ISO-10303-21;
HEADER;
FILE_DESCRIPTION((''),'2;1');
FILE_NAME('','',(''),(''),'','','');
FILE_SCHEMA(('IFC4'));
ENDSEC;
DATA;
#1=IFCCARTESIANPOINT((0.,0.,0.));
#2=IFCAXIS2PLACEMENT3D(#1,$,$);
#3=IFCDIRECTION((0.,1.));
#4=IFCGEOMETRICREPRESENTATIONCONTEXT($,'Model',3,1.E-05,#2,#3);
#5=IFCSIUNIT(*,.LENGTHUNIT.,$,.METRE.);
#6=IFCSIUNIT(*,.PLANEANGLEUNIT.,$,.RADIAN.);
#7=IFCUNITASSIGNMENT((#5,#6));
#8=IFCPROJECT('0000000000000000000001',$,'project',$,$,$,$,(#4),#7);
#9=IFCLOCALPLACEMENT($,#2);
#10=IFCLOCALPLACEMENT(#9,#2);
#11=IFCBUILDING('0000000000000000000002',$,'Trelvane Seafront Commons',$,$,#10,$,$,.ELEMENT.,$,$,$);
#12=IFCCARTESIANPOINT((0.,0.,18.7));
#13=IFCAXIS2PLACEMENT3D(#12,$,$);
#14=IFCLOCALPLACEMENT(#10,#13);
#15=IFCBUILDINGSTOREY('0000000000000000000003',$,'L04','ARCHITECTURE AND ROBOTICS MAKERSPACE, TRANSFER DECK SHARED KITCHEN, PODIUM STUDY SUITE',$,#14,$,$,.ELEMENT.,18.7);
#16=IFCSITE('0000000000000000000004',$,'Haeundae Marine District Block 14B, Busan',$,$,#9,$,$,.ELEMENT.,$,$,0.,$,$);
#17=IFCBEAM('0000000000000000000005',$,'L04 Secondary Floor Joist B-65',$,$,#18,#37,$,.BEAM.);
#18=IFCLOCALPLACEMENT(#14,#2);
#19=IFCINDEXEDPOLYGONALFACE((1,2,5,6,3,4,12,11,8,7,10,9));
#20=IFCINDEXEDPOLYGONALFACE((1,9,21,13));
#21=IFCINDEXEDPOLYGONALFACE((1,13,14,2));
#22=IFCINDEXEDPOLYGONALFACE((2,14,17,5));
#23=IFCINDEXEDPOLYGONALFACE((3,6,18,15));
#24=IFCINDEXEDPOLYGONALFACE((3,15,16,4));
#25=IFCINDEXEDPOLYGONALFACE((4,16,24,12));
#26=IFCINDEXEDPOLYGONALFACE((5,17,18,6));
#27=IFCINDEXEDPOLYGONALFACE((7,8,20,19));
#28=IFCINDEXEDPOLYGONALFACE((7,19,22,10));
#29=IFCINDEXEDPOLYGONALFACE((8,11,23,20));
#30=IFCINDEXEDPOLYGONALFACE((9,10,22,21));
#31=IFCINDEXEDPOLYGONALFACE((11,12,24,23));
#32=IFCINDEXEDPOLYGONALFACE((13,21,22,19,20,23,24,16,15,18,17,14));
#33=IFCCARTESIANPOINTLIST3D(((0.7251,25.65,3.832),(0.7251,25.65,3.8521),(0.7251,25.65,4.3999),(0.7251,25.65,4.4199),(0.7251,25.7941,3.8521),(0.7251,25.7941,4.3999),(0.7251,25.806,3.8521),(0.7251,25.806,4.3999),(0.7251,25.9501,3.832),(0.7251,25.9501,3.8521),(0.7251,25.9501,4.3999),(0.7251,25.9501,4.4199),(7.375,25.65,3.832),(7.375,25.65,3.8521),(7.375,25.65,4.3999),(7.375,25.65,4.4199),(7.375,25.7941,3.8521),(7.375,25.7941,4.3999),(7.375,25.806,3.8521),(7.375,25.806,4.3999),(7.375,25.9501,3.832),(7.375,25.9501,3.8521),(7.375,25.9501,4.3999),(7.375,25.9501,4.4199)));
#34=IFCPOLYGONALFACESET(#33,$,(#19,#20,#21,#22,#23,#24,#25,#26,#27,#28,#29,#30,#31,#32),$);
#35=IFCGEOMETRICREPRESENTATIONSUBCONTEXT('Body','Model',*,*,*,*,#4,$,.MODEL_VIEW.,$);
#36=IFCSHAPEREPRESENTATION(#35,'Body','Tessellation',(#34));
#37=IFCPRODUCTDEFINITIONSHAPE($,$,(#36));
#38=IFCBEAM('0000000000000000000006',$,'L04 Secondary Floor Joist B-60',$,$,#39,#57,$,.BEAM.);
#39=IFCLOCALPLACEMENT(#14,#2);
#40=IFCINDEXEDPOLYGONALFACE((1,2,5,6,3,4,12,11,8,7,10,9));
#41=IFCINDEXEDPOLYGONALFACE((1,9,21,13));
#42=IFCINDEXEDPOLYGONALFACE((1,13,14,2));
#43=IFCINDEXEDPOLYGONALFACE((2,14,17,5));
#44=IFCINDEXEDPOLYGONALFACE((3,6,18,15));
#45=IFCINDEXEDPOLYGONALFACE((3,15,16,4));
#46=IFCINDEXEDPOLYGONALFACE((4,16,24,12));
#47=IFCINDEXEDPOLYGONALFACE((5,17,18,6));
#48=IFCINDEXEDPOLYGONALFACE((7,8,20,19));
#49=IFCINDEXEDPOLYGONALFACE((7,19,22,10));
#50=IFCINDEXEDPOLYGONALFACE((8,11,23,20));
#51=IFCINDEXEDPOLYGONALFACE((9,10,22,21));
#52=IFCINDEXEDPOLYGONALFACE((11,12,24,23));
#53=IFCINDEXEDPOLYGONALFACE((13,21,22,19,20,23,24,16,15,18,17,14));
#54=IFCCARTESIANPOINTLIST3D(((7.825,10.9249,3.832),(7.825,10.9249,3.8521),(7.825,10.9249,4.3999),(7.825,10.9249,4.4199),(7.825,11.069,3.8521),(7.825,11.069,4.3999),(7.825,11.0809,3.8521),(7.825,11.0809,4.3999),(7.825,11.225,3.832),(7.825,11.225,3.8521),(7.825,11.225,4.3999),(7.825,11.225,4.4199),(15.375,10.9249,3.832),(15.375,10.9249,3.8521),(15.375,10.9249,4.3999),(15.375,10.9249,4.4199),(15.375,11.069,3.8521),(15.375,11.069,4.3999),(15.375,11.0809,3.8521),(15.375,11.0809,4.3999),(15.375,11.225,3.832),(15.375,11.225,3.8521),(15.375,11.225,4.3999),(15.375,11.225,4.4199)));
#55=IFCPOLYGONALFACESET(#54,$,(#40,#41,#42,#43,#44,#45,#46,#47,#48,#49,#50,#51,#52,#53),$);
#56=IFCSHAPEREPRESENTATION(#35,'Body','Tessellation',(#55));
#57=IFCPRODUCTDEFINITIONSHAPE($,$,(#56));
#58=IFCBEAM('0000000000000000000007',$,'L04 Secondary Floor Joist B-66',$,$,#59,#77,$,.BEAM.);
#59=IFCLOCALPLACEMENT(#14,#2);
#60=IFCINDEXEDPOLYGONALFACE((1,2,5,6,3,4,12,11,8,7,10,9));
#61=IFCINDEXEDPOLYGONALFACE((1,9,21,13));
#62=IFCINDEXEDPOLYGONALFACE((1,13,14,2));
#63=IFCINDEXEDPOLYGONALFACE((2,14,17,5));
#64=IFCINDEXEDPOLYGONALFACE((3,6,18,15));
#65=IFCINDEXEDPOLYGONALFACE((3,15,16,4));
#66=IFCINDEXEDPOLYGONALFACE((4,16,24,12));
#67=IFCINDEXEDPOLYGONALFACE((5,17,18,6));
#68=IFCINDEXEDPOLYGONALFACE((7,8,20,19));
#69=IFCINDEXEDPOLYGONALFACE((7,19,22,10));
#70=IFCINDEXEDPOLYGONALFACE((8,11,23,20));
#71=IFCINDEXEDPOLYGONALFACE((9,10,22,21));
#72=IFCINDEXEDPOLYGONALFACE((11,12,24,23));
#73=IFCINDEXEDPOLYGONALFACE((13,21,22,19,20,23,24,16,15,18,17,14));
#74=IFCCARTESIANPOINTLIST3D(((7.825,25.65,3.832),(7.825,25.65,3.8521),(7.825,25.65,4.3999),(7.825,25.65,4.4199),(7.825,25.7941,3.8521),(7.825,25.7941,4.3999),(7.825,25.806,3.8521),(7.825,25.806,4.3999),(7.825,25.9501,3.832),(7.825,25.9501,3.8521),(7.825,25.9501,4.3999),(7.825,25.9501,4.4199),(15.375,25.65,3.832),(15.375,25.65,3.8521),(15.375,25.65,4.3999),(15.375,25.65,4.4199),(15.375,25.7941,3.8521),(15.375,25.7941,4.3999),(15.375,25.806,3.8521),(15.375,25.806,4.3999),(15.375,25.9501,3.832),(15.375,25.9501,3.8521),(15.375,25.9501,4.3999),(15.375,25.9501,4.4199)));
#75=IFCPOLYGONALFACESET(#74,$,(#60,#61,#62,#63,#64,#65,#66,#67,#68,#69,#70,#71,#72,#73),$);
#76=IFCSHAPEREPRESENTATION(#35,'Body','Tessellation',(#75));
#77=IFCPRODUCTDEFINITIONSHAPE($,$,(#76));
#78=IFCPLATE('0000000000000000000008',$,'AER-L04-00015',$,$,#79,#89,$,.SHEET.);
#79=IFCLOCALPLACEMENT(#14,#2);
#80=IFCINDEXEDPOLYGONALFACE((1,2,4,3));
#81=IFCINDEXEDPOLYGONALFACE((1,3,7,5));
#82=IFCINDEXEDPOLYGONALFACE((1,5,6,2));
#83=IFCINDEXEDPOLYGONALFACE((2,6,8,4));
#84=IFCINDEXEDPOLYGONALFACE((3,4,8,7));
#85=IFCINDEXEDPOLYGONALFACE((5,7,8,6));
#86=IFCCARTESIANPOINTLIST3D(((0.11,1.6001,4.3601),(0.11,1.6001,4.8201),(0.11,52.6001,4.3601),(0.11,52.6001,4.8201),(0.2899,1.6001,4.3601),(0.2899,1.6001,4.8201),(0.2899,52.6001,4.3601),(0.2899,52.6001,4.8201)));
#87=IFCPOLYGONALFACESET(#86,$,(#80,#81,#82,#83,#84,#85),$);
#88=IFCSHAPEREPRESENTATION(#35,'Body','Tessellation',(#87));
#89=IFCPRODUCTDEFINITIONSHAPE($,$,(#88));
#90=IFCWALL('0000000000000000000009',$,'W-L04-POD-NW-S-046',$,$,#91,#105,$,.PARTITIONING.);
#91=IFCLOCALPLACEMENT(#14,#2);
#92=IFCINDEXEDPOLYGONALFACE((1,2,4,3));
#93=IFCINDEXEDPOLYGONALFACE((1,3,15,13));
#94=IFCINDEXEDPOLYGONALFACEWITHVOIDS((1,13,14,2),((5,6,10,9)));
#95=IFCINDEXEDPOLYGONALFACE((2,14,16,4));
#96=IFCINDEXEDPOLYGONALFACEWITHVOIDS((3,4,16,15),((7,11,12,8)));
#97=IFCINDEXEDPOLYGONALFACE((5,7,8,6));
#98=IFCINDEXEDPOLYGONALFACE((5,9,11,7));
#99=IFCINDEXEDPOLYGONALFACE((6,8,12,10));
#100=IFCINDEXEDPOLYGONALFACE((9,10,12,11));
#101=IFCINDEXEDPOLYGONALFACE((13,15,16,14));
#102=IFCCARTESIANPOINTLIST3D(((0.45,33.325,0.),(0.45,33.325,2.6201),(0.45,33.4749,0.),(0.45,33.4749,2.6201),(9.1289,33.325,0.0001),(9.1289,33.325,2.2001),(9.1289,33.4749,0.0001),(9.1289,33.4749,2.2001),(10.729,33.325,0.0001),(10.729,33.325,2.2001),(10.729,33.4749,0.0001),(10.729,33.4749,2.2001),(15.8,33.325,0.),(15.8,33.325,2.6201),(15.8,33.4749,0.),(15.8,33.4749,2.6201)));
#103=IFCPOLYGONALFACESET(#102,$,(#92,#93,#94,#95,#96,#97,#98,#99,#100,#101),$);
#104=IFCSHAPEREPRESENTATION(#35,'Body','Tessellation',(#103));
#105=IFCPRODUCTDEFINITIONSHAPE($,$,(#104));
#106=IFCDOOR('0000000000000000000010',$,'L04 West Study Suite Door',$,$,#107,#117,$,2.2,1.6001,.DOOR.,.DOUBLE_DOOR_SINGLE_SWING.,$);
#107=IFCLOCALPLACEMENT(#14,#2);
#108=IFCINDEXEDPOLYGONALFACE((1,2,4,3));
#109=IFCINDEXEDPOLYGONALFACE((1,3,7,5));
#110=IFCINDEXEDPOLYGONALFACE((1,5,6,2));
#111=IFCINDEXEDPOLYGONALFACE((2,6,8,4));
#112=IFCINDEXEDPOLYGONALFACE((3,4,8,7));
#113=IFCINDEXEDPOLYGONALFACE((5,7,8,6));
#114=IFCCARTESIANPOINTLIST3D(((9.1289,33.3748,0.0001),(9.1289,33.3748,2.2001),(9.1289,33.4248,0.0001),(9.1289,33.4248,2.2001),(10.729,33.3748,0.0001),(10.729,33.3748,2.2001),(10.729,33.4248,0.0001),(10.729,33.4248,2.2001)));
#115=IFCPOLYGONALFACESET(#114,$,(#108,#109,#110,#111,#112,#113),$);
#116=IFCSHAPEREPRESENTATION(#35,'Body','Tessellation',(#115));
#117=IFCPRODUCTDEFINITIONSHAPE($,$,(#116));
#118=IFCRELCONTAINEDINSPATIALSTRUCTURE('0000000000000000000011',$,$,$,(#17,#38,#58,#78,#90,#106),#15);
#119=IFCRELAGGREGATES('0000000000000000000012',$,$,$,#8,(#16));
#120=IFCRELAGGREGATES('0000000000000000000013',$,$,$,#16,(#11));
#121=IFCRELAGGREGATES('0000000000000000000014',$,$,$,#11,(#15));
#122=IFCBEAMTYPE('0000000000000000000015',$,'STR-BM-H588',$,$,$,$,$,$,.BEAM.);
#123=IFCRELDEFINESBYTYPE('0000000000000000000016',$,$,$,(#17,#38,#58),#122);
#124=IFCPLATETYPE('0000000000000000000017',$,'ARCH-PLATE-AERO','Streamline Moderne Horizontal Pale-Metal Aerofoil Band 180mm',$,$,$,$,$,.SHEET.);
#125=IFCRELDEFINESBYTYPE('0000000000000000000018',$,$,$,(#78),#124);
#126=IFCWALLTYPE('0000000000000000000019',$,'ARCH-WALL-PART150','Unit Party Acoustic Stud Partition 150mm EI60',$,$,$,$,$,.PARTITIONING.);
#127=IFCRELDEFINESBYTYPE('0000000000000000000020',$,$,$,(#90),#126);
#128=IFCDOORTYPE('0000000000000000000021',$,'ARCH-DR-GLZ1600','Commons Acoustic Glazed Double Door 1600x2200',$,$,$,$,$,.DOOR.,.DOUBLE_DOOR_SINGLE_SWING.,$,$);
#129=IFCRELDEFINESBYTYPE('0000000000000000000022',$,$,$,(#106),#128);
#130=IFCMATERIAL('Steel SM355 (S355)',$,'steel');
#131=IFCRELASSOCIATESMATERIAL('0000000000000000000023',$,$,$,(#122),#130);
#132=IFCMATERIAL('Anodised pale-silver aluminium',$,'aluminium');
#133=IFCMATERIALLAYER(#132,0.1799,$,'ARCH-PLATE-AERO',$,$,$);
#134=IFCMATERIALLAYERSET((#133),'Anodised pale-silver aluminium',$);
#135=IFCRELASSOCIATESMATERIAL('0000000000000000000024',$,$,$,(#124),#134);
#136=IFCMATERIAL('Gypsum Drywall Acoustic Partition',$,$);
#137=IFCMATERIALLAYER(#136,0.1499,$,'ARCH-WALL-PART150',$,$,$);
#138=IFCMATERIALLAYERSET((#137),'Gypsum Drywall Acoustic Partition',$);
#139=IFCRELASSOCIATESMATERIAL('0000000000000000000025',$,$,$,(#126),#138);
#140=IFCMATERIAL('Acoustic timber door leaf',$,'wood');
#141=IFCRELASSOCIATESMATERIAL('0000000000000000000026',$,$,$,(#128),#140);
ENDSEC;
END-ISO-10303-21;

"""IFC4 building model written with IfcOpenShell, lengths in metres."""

from ifc_helpers import new_model, si_unit, direction, frame, frame_2d, origin, origin_2d, place, context, subcontext, project, spatial, rectangle, i_section, extrude, source, transform, mapped, material, layer, layer_set, material_profile, profile_set, type_object, element, fill, save


model = new_model("IFC4")

# Units and contexts
model_context = context("Model", 3, precision=1e-05, world=origin(), true_north=direction((0.0, 1.0)))
body_context = subcontext(model_context, "Body", "Model", "MODEL_VIEW")
ifc_project = project(units=[si_unit("LENGTHUNIT", "METRE"), si_unit("PLANEANGLEUNIT", "RADIAN")], contexts=[model_context])

# Site, building, storey
site_placement = place(None, origin())
site = spatial("IfcSite", under=ifc_project, at=site_placement, Name="Haeundae Marine District Block 14B, Busan", CompositionType="ELEMENT", RefElevation=0.0)
building_placement = place(site_placement, origin())
building = spatial("IfcBuilding", under=site, at=building_placement, Name="Trelvane Seafront Commons", CompositionType="ELEMENT")
storey_placement = place(building_placement, frame((0.0, 0.0, 18.7)))
storey = spatial("IfcBuildingStorey", under=building, at=storey_placement, Name="L04", Description="ARCHITECTURE AND ROBOTICS MAKERSPACE, TRANSFER DECK SHARED KITCHEN, PODIUM STUDY SUITE", CompositionType="ELEMENT", Elevation=18.7)

# Beams
ifc_material_1 = material(Name="Steel SM355 (S355)", Category="steel")
ifc_material_profile_1 = material_profile(ifc_material_1, i_section(OverallWidth=0.3, OverallDepth=0.5879, WebThickness=0.012, FlangeThickness=0.02, at=origin_2d()), Name="H-588x300x12x20")
ifc_profile_set_1 = profile_set([ifc_material_profile_1], Name="Steel SM355 (S355)")
beam_type_1 = type_object("IfcBeamType", Name="STR-BM-H588", PredefinedType="BEAM", material=ifc_profile_set_1)
shared_shape_1 = source(origin(), body_context, "Body", "SweptSolid", [
    extrude(i_section(OverallWidth=0.3, OverallDepth=0.5879, WebThickness=0.012, FlangeThickness=0.02, at=origin_2d()), origin(), (0.0, 0.0, 1.0), 6.6499),
])
beam_placement = place(storey_placement, frame((0.7251, 25.8, 4.126), z_axis=(1.0, 0.0, 0.0), x_axis=(0.0, 1.0, 0.0)))
element("IfcBeam", 1, at=beam_placement, inside=storey, type_object=beam_type_1, Name="L04 Secondary Floor Joist B-65", PredefinedType="BEAM", context=body_context, shape_type="MappedRepresentation", body=[
    mapped(shared_shape_1, transform((0.0, 0.0, 0.0), x_axis=(1.0, 0.0, 0.0), y_axis=(0.0, 1.0, 0.0), z_axis=(0.0, 0.0, 1.0), scale=1.0)),
])
shared_shape_2 = source(origin(), body_context, "Body", "SweptSolid", [
    extrude(i_section(OverallWidth=0.3, OverallDepth=0.5879, WebThickness=0.012, FlangeThickness=0.02, at=origin_2d()), origin(), (0.0, 0.0, 1.0), 7.55),
])
for number, where, z_axis, x_axis, name in (
    (2, (7.825, 11.075, 4.126), (1.0, 0.0, 0.0), (0.0, 1.0, 0.0), "L04 Secondary Floor Joist B-60"),
    (3, (7.825, 25.8, 4.126), (1.0, 0.0, 0.0), (0.0, 1.0, 0.0), "L04 Secondary Floor Joist B-66"),
):
    element("IfcBeam", number, at=place(storey_placement, frame(where, z_axis=z_axis, x_axis=x_axis)), inside=storey, type_object=beam_type_1, Name=name, PredefinedType="BEAM", context=body_context, shape_type="MappedRepresentation", body=[
        mapped(shared_shape_2, transform((0.0, 0.0, 0.0), x_axis=(1.0, 0.0, 0.0), y_axis=(0.0, 1.0, 0.0), z_axis=(0.0, 0.0, 1.0), scale=1.0)),
    ])

# Plate
ifc_material_2 = material(Name="Anodised pale-silver aluminium", Category="aluminium")
ifc_layer_1 = layer(ifc_material_2, 0.1799, Name="ARCH-PLATE-AERO")
ifc_layer_set_1 = layer_set([ifc_layer_1], Name="Anodised pale-silver aluminium")
plate_type = type_object("IfcPlateType", Name="ARCH-PLATE-AERO", Description="Streamline Moderne Horizontal Pale-Metal Aerofoil Band 180mm", PredefinedType="SHEET", material=ifc_layer_set_1)
shared_shape_3 = source(origin(), body_context, "Body", "SweptSolid", [
    extrude(rectangle(XDim=51.0, YDim=0.1799, at=origin_2d()), origin(), (0.0, 0.0, 1.0), 0.46),
])
plate_placement = place(storey_placement, frame((0.2, 27.1001, 4.3601), z_axis=(0.0, 0.0, 1.0), x_axis=(0.0, 1.0, 0.0)))
element("IfcPlate", 4, at=plate_placement, inside=storey, type_object=plate_type, Name="AER-L04-00015", PredefinedType="SHEET", context=body_context, shape_type="MappedRepresentation", body=[
    mapped(shared_shape_3, transform((0.0, 0.0, 0.0), x_axis=(1.0, 0.0, 0.0), y_axis=(0.0, 1.0, 0.0), z_axis=(0.0, 0.0, 1.0), scale=1.0)),
])

# Wall, opening, door
ifc_material_3 = material(Name="Gypsum Drywall Acoustic Partition")
ifc_layer_2 = layer(ifc_material_3, 0.1499, Name="ARCH-WALL-PART150")
ifc_layer_set_2 = layer_set([ifc_layer_2], Name="Gypsum Drywall Acoustic Partition")
wall_type_1 = type_object("IfcWallType", Name="ARCH-WALL-PART150", Description="Unit Party Acoustic Stud Partition 150mm EI60", PredefinedType="PARTITIONING", material=ifc_layer_set_2)
wall_1_placement = place(storey_placement, frame((0.45, 33.3999, 0.0), z_axis=(0.0, 0.0, 1.0), x_axis=(1.0, 0.0, 0.0)))
wall_1 = element("IfcWall", 5, at=wall_1_placement, inside=storey, type_object=wall_type_1, Name="W-L04-POD-NW-S-046", PredefinedType="PARTITIONING", context=body_context, shape_type="SweptSolid", body=[
    extrude(rectangle(XDim=15.3501, YDim=0.1499, at=frame_2d((7.675, 0.0))), origin(), (0.0, 0.0, 1.0), 2.6201),
])
opening_1_placement = place(wall_1_placement, frame((8.679, 0.0, 0.0)))
opening_1 = element("IfcOpeningElement", 6, at=opening_1_placement, cuts=wall_1, PredefinedType="OPENING", context=body_context, shape_type="SweptSolid", body=[
    extrude(rectangle(XDim=1.6001, YDim=2.2, at=frame_2d((0.8, 1.1001))), frame((0.0, 0.085, 0.0), z_axis=(0.0, -1.0, 0.0), x_axis=(1.0, 0.0, 0.0)), (0.0, 0.0, 1.0), 0.1699),
])
ifc_material_4 = material(Name="Acoustic timber door leaf", Category="wood")
door_type = type_object("IfcDoorType", Name="ARCH-DR-GLZ1600", Description="Commons Acoustic Glazed Double Door 1600x2200", OperationType="DOUBLE_DOOR_SINGLE_SWING", PredefinedType="DOOR", material=ifc_material_4)
shared_shape_4 = source(origin(), body_context, "Body", "SweptSolid", [
    extrude(rectangle(XDim=1.6001, YDim=2.2, at=frame_2d((0.8, 1.1001))), frame((0.0, 0.0249, 0.0), z_axis=(0.0, -1.0, 0.0), x_axis=(1.0, 0.0, 0.0)), (0.0, 0.0, 1.0), 0.05),
])
door_1_placement = place(opening_1_placement, origin())
door_1 = element("IfcDoor", 7, at=door_1_placement, inside=storey, type_object=door_type, Name="L04 West Study Suite Door", OperationType="DOUBLE_DOOR_SINGLE_SWING", OverallHeight=2.2, OverallWidth=1.6001, PredefinedType="DOOR", context=body_context, shape_type="MappedRepresentation", body=[
    mapped(shared_shape_4, transform((0.0, 0.0, 0.0), x_axis=(1.0, 0.0, 0.0), y_axis=(0.0, 1.0, 0.0), z_axis=(0.0, 0.0, 1.0), scale=1.0)),
])
fill(opening_1, door_1)

save(model, "model.ifc")
